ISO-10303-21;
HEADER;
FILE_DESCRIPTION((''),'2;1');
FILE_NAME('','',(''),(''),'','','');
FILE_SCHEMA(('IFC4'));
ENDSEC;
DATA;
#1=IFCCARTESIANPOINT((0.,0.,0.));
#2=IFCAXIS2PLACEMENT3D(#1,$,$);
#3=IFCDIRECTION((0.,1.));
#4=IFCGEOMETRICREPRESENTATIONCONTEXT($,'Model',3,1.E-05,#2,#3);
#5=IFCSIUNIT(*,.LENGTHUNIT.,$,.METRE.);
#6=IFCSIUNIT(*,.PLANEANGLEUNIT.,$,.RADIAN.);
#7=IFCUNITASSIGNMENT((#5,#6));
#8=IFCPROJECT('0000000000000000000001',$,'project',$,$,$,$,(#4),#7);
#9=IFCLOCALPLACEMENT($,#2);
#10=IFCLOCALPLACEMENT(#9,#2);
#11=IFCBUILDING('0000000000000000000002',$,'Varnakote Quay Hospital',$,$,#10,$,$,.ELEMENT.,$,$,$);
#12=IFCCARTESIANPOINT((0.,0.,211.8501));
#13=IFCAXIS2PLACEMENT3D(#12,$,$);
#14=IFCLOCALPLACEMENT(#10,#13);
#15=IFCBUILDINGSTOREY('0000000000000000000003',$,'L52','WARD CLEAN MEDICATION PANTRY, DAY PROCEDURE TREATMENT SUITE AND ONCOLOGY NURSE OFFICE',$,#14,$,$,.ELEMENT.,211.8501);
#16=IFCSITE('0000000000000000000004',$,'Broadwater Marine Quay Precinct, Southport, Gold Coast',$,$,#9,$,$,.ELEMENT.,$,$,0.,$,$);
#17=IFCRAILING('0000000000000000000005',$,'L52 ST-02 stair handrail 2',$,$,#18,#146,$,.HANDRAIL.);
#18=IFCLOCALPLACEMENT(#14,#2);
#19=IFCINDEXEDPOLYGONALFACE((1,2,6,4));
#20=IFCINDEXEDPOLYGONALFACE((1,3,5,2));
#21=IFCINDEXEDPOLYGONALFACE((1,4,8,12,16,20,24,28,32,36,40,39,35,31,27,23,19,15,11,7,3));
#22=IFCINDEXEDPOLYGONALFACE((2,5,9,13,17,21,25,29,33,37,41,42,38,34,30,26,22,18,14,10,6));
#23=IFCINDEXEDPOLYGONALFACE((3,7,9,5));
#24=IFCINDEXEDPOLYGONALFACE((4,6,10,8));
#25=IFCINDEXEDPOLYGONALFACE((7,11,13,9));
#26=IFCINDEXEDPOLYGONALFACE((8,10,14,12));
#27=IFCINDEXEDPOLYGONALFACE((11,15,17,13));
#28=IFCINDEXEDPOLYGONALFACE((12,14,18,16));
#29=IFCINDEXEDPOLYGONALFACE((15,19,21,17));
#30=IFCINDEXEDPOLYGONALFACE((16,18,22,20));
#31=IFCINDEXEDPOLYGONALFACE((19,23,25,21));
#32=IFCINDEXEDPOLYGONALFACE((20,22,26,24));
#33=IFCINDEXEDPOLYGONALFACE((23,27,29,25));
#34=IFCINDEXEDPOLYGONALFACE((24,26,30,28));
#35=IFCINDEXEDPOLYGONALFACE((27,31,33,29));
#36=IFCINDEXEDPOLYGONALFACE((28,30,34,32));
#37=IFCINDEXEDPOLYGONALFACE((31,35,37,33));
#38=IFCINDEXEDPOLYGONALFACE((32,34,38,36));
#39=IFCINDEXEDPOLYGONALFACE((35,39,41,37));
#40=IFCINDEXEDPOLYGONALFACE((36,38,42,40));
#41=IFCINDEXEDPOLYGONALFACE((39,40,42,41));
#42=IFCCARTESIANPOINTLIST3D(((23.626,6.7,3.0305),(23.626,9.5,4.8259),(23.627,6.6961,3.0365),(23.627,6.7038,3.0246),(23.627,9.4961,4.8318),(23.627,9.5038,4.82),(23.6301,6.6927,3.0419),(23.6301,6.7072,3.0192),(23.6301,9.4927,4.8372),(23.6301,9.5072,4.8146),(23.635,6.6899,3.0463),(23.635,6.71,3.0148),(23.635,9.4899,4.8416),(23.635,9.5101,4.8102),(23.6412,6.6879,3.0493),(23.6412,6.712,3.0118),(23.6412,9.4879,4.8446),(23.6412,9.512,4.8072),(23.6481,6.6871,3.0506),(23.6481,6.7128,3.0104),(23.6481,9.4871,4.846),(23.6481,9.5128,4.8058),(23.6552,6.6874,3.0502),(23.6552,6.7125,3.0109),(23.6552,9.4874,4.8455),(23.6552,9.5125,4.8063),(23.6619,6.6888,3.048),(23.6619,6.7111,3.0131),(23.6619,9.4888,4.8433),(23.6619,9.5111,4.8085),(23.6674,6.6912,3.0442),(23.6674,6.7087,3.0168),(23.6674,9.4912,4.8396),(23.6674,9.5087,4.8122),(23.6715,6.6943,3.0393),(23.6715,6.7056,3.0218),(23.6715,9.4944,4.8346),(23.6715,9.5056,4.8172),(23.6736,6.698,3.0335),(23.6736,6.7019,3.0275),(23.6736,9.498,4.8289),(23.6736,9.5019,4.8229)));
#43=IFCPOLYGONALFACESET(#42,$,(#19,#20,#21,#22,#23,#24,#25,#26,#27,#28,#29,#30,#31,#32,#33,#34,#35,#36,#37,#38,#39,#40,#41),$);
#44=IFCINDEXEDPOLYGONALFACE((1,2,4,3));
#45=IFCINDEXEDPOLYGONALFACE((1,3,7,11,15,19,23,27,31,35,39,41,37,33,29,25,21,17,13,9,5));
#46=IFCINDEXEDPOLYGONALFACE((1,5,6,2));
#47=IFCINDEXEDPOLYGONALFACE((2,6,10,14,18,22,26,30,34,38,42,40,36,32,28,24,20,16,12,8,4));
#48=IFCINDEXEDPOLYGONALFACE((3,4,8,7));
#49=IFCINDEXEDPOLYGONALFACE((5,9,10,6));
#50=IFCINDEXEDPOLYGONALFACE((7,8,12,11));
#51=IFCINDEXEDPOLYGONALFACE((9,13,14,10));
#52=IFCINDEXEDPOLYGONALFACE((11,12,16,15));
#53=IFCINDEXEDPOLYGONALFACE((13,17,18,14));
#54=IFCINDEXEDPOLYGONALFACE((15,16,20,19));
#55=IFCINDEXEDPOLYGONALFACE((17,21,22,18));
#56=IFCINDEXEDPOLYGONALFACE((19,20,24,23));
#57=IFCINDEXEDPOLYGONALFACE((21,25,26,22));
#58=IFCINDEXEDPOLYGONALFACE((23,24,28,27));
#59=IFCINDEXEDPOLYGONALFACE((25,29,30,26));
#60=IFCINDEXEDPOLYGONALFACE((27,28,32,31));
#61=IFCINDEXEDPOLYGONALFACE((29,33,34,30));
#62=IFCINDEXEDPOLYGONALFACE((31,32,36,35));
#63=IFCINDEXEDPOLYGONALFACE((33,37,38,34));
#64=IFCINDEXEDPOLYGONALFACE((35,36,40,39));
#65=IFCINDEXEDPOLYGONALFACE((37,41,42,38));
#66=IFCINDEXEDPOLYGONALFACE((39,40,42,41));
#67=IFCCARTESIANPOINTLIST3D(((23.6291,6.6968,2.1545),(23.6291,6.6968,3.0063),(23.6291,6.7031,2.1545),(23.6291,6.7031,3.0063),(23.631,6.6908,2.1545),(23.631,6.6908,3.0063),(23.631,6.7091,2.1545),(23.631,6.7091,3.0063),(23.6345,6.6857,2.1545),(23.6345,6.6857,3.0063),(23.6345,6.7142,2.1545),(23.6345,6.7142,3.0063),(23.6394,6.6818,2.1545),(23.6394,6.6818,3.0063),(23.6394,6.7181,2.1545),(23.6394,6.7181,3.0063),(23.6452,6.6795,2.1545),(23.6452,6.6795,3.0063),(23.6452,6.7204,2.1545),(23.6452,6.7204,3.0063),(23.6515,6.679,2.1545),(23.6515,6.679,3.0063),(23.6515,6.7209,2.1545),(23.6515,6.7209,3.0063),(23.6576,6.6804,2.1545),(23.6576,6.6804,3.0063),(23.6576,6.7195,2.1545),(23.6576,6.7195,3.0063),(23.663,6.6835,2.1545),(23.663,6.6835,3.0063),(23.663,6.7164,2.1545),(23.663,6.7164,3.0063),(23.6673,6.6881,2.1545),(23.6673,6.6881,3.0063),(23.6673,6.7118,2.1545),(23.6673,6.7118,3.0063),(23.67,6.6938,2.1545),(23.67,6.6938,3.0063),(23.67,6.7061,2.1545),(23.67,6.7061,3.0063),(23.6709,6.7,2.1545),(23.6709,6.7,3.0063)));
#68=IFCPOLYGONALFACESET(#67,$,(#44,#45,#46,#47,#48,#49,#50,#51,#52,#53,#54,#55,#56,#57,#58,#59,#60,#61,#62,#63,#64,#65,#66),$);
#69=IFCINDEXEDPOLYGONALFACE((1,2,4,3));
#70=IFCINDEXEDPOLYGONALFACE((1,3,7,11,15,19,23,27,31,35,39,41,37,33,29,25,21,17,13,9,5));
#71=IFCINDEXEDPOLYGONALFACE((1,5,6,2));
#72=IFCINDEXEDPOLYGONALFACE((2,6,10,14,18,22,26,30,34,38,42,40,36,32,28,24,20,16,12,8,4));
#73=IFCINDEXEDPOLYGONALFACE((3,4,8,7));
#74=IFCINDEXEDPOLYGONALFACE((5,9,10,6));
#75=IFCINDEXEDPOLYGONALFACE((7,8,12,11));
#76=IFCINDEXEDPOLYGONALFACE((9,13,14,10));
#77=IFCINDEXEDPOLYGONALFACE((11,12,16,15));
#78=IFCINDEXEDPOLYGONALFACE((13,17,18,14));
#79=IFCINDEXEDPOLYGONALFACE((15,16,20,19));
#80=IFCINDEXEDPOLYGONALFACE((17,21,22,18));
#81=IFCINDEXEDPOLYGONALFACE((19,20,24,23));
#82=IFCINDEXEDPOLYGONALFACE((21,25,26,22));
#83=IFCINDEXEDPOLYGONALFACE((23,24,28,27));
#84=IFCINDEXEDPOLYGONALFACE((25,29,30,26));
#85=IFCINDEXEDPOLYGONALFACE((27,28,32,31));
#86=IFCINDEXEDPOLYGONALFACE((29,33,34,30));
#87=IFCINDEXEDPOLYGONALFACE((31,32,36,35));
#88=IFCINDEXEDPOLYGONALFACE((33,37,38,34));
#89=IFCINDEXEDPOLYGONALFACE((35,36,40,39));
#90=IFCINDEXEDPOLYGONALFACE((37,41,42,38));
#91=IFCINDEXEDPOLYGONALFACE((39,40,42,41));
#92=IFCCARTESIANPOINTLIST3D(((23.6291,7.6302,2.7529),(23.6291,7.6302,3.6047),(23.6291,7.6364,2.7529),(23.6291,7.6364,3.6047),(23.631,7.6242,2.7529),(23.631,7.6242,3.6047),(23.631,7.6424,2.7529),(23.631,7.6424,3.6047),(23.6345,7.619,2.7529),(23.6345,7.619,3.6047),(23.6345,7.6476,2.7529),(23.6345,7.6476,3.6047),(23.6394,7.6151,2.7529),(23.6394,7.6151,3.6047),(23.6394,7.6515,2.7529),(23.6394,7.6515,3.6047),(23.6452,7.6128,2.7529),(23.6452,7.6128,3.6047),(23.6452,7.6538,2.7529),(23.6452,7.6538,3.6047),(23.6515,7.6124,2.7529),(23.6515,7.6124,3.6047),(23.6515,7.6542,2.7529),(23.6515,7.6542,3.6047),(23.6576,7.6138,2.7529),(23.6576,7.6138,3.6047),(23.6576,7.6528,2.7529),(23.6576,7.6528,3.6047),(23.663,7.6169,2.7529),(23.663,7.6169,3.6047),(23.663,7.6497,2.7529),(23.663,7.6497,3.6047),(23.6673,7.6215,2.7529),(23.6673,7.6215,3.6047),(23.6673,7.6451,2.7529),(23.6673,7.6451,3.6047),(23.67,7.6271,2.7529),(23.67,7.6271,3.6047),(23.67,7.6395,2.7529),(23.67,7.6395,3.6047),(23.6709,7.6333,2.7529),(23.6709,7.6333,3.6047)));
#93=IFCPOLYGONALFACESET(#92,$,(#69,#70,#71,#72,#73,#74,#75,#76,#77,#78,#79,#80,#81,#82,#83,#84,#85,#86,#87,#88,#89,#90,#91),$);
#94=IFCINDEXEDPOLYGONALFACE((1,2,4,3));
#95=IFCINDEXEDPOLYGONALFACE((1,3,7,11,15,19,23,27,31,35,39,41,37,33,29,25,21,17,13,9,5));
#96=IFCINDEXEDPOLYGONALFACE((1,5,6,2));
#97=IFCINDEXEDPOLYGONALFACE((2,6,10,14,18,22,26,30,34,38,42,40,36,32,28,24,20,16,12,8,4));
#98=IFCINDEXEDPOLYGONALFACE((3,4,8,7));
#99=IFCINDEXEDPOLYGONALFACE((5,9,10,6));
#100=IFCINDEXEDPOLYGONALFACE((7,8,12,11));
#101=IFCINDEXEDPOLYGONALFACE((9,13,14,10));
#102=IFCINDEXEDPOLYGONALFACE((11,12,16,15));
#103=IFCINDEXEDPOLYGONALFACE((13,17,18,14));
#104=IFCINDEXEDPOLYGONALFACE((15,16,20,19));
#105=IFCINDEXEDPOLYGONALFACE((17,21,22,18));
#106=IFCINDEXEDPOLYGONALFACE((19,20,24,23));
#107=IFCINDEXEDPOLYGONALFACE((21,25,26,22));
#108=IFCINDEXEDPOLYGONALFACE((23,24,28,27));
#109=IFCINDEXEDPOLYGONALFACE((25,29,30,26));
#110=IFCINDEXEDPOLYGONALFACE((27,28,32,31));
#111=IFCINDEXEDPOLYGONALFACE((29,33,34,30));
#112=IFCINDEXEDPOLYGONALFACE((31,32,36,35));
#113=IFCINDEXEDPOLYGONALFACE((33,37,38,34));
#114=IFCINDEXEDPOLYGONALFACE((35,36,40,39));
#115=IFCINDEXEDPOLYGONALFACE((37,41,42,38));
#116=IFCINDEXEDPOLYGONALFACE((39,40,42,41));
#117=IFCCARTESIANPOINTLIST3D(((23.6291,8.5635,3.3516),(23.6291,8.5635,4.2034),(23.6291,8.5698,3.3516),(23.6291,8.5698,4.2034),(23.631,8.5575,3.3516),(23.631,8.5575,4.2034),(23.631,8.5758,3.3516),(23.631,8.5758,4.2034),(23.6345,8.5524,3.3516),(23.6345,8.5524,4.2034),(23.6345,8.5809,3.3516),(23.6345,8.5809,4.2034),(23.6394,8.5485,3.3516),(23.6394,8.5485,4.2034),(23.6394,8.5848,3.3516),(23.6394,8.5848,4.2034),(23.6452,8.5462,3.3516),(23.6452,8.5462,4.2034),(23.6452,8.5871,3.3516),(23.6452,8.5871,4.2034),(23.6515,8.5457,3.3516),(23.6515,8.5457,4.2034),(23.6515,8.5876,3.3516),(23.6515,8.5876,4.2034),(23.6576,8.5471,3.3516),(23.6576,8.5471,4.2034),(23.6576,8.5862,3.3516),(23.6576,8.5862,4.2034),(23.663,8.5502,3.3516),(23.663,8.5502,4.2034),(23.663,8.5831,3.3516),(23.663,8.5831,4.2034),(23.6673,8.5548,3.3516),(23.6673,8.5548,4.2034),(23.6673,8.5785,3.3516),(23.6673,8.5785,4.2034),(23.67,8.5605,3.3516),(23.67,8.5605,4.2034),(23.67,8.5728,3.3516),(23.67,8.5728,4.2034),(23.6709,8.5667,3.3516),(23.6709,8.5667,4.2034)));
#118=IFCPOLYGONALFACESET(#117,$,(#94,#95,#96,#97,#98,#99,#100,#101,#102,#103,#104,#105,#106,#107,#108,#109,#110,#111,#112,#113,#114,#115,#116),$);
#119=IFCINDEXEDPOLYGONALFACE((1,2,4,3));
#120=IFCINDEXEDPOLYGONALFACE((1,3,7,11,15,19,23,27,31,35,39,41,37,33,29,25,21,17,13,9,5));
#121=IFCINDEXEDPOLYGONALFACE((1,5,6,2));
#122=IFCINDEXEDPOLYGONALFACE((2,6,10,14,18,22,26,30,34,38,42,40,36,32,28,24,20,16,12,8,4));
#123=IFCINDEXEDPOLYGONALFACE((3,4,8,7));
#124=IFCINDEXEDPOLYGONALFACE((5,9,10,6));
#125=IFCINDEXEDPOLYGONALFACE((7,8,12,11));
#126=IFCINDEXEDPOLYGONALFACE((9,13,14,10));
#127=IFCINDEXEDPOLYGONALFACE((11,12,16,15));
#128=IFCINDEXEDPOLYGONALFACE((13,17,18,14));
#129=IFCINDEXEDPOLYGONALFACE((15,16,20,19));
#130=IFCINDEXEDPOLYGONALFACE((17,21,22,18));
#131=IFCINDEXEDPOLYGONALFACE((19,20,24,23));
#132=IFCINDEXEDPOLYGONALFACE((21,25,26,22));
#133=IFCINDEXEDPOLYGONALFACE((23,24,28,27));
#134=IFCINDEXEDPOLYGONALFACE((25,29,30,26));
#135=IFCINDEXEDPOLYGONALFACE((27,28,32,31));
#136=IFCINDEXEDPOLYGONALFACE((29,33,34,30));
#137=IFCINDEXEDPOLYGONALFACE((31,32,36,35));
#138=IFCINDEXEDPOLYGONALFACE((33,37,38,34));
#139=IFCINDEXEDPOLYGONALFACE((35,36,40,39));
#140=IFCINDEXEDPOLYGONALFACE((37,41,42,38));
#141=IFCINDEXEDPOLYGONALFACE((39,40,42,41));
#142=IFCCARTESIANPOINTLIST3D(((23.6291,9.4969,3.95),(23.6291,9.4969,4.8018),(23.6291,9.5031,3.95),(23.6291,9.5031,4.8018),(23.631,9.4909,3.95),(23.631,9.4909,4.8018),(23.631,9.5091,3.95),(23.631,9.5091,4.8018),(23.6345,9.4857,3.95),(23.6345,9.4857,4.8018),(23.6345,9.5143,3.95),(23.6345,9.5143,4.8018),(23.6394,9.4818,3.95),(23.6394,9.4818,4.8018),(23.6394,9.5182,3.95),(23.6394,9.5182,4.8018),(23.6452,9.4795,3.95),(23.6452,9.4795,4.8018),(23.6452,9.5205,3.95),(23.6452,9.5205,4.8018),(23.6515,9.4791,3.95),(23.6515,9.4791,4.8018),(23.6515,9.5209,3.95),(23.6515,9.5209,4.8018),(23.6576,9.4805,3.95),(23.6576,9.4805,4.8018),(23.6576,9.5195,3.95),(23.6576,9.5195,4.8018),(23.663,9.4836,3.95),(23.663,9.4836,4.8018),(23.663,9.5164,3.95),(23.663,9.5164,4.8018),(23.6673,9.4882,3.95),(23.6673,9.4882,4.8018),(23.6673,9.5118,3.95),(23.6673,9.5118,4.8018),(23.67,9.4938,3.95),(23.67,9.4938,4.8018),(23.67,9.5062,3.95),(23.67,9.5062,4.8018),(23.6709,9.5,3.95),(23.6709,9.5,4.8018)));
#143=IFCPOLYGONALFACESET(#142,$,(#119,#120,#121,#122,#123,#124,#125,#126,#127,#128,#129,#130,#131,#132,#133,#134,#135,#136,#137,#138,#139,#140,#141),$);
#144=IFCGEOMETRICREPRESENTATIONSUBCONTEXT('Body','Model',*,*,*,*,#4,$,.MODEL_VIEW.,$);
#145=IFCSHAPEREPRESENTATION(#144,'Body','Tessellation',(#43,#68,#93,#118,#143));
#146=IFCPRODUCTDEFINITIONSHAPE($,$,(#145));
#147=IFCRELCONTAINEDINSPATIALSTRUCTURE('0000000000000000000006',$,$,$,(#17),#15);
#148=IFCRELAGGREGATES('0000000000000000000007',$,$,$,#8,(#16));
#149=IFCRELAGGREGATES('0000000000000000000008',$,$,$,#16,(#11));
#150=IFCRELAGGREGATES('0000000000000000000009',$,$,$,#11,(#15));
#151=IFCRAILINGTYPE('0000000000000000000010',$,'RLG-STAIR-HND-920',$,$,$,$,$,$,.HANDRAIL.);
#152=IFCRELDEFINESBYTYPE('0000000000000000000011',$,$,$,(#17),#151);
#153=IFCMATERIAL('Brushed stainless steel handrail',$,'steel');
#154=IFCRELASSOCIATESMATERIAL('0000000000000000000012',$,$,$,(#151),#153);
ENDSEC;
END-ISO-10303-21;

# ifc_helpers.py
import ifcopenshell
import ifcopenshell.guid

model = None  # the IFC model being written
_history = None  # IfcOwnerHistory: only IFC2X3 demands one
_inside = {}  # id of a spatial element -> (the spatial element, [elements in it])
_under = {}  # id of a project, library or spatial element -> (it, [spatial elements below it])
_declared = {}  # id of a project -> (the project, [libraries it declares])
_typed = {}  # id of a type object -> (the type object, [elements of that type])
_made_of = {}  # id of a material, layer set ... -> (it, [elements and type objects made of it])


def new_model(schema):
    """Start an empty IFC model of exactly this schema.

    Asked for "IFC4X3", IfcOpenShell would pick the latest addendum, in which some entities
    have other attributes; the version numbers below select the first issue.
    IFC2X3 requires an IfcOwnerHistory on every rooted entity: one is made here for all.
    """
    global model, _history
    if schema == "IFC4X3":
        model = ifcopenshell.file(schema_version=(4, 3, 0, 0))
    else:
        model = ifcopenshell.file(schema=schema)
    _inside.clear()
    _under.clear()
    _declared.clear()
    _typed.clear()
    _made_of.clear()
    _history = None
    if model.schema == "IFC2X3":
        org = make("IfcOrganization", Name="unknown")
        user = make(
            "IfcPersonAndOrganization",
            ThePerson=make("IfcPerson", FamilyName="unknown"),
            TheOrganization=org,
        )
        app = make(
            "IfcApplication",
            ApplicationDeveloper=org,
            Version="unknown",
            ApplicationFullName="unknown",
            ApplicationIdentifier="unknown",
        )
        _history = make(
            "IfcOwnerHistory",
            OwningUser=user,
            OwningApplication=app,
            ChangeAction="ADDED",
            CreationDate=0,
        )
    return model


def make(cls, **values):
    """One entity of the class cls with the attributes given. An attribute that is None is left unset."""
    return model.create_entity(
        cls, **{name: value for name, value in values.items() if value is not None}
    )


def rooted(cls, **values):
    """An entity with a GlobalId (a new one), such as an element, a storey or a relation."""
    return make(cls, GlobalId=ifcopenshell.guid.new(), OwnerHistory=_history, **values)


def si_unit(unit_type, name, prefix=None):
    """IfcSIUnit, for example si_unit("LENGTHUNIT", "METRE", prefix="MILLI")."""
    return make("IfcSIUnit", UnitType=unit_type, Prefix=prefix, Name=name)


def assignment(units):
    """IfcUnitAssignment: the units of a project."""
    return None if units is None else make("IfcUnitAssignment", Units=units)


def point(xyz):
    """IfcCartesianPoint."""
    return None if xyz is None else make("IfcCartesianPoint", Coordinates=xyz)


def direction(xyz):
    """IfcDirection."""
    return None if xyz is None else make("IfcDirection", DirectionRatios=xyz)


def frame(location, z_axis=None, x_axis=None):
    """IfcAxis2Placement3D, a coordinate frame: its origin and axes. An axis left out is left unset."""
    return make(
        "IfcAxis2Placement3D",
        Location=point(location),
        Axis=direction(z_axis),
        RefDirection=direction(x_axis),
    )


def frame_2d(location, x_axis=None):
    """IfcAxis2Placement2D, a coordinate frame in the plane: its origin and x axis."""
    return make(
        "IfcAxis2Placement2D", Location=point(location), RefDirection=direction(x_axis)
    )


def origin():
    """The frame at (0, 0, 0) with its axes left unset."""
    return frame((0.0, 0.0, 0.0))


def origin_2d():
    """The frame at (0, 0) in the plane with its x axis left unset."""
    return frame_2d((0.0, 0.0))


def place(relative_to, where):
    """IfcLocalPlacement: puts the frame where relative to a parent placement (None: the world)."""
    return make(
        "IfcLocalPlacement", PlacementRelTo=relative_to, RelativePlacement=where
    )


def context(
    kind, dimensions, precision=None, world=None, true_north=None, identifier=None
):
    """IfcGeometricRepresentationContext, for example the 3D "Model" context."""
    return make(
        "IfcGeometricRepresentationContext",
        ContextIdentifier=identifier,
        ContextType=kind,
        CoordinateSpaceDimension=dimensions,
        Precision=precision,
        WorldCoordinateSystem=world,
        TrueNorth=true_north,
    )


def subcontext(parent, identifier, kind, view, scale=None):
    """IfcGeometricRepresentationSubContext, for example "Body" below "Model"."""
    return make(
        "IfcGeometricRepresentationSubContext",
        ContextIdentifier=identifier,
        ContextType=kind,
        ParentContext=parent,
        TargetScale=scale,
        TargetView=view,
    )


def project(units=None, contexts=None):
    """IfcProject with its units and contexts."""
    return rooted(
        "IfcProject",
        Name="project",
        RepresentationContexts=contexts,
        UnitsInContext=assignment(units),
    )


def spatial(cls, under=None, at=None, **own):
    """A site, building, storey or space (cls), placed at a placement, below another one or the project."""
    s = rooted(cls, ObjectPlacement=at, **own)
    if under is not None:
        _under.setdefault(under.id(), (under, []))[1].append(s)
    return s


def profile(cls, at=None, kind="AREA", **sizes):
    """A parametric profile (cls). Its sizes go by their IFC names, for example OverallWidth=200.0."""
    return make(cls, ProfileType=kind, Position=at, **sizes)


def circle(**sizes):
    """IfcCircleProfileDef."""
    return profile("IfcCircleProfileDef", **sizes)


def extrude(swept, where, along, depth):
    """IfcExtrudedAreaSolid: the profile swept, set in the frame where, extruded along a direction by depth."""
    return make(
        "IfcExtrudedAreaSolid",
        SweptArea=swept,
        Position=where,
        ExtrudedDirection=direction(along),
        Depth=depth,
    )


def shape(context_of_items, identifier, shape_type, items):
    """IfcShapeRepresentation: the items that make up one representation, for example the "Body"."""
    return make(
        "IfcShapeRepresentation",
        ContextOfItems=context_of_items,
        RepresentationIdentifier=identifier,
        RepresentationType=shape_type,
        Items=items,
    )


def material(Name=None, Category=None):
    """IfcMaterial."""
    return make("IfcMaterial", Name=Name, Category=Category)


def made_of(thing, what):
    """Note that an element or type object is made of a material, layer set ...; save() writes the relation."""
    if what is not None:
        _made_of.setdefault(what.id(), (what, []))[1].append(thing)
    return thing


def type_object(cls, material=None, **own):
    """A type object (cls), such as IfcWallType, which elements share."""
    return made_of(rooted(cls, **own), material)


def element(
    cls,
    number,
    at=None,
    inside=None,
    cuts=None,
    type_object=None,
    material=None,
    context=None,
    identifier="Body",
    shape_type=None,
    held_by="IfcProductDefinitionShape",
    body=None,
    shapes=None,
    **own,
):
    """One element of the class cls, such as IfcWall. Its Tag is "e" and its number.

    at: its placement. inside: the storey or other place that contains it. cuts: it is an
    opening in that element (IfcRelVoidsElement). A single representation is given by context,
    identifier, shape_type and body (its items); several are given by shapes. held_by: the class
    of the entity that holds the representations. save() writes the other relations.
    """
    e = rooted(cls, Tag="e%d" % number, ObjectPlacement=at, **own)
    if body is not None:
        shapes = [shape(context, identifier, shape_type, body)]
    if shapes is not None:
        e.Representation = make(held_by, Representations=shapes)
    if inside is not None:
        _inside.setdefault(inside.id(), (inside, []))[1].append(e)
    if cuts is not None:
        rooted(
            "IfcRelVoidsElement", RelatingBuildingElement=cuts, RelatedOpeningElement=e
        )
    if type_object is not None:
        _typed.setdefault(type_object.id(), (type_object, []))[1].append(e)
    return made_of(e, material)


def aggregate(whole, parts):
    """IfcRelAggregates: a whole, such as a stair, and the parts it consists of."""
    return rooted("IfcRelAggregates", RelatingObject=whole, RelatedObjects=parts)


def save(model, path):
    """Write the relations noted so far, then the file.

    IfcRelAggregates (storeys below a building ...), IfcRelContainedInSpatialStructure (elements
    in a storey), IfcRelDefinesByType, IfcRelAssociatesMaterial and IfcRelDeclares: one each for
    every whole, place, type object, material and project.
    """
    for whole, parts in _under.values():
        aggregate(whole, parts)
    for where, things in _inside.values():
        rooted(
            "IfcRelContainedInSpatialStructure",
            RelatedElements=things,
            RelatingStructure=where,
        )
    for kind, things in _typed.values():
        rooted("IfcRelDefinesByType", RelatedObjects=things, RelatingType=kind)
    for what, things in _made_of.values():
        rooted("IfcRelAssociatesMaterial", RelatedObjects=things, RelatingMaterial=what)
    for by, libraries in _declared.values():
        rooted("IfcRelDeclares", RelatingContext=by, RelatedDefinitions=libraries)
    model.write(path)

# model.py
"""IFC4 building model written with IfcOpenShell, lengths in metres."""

from ifc_helpers import new_model, si_unit, direction, frame, origin, origin_2d, place, context, subcontext, project, spatial, circle, extrude, material, type_object, element, save


model = new_model("IFC4")

# Units and contexts
model_context = context("Model", 3, precision=1e-05, world=origin(), true_north=direction((0.0, 1.0)))
body_context = subcontext(model_context, "Body", "Model", "MODEL_VIEW")
ifc_project = project(units=[si_unit("LENGTHUNIT", "METRE"), si_unit("PLANEANGLEUNIT", "RADIAN")], contexts=[model_context])

# Site, building, storey
site_placement = place(None, origin())
site = spatial("IfcSite", under=ifc_project, at=site_placement, Name="Broadwater Marine Quay Precinct, Southport, Gold Coast", CompositionType="ELEMENT", RefElevation=0.0)
building_placement = place(site_placement, origin())
building = spatial("IfcBuilding", under=site, at=building_placement, Name="Varnakote Quay Hospital", CompositionType="ELEMENT")
storey_placement = place(building_placement, frame((0.0, 0.0, 211.8501)))
storey = spatial("IfcBuildingStorey", under=building, at=storey_placement, Name="L52", Description="WARD CLEAN MEDICATION PANTRY, DAY PROCEDURE TREATMENT SUITE AND ONCOLOGY NURSE OFFICE", CompositionType="ELEMENT", Elevation=211.8501)

# Railing
ifc_material_1 = material(Name="Brushed stainless steel handrail", Category="steel")
railing_type_1 = type_object("IfcRailingType", Name="RLG-STAIR-HND-920", PredefinedType="HANDRAIL", material=ifc_material_1)
railing_1_placement = place(storey_placement, frame((23.6499, 6.7, 2.1545)))
element("IfcRailing", 1, at=railing_1_placement, inside=storey, type_object=railing_type_1, Name="L52 ST-02 stair handrail 2", PredefinedType="HANDRAIL", context=body_context, shape_type="SweptSolid", body=[
    extrude(circle(Radius=0.0239, at=origin_2d()), frame((0.0, 0.0, 0.876), z_axis=(0.0, 0.84181, 0.539774), x_axis=(-1.0, 0.0, 0.0)), (0.0, 0.0, 1.0), 3.3262),
    extrude(circle(Radius=0.021, at=origin_2d()), origin(), (0.0, 0.0, 1.0), 0.8518),
    extrude(circle(Radius=0.021, at=origin_2d()), frame((0.0, 0.9333, 0.5984)), (0.0, 0.0, 1.0), 0.8518),
    extrude(circle(Radius=0.021, at=origin_2d()), frame((0.0, 1.8667, 1.197)), (0.0, 0.0, 1.0), 0.8518),
    extrude(circle(Radius=0.021, at=origin_2d()), frame((0.0, 2.8, 1.7954)), (0.0, 0.0, 1.0), 0.8518),
])

save(model, "model.ifc")
